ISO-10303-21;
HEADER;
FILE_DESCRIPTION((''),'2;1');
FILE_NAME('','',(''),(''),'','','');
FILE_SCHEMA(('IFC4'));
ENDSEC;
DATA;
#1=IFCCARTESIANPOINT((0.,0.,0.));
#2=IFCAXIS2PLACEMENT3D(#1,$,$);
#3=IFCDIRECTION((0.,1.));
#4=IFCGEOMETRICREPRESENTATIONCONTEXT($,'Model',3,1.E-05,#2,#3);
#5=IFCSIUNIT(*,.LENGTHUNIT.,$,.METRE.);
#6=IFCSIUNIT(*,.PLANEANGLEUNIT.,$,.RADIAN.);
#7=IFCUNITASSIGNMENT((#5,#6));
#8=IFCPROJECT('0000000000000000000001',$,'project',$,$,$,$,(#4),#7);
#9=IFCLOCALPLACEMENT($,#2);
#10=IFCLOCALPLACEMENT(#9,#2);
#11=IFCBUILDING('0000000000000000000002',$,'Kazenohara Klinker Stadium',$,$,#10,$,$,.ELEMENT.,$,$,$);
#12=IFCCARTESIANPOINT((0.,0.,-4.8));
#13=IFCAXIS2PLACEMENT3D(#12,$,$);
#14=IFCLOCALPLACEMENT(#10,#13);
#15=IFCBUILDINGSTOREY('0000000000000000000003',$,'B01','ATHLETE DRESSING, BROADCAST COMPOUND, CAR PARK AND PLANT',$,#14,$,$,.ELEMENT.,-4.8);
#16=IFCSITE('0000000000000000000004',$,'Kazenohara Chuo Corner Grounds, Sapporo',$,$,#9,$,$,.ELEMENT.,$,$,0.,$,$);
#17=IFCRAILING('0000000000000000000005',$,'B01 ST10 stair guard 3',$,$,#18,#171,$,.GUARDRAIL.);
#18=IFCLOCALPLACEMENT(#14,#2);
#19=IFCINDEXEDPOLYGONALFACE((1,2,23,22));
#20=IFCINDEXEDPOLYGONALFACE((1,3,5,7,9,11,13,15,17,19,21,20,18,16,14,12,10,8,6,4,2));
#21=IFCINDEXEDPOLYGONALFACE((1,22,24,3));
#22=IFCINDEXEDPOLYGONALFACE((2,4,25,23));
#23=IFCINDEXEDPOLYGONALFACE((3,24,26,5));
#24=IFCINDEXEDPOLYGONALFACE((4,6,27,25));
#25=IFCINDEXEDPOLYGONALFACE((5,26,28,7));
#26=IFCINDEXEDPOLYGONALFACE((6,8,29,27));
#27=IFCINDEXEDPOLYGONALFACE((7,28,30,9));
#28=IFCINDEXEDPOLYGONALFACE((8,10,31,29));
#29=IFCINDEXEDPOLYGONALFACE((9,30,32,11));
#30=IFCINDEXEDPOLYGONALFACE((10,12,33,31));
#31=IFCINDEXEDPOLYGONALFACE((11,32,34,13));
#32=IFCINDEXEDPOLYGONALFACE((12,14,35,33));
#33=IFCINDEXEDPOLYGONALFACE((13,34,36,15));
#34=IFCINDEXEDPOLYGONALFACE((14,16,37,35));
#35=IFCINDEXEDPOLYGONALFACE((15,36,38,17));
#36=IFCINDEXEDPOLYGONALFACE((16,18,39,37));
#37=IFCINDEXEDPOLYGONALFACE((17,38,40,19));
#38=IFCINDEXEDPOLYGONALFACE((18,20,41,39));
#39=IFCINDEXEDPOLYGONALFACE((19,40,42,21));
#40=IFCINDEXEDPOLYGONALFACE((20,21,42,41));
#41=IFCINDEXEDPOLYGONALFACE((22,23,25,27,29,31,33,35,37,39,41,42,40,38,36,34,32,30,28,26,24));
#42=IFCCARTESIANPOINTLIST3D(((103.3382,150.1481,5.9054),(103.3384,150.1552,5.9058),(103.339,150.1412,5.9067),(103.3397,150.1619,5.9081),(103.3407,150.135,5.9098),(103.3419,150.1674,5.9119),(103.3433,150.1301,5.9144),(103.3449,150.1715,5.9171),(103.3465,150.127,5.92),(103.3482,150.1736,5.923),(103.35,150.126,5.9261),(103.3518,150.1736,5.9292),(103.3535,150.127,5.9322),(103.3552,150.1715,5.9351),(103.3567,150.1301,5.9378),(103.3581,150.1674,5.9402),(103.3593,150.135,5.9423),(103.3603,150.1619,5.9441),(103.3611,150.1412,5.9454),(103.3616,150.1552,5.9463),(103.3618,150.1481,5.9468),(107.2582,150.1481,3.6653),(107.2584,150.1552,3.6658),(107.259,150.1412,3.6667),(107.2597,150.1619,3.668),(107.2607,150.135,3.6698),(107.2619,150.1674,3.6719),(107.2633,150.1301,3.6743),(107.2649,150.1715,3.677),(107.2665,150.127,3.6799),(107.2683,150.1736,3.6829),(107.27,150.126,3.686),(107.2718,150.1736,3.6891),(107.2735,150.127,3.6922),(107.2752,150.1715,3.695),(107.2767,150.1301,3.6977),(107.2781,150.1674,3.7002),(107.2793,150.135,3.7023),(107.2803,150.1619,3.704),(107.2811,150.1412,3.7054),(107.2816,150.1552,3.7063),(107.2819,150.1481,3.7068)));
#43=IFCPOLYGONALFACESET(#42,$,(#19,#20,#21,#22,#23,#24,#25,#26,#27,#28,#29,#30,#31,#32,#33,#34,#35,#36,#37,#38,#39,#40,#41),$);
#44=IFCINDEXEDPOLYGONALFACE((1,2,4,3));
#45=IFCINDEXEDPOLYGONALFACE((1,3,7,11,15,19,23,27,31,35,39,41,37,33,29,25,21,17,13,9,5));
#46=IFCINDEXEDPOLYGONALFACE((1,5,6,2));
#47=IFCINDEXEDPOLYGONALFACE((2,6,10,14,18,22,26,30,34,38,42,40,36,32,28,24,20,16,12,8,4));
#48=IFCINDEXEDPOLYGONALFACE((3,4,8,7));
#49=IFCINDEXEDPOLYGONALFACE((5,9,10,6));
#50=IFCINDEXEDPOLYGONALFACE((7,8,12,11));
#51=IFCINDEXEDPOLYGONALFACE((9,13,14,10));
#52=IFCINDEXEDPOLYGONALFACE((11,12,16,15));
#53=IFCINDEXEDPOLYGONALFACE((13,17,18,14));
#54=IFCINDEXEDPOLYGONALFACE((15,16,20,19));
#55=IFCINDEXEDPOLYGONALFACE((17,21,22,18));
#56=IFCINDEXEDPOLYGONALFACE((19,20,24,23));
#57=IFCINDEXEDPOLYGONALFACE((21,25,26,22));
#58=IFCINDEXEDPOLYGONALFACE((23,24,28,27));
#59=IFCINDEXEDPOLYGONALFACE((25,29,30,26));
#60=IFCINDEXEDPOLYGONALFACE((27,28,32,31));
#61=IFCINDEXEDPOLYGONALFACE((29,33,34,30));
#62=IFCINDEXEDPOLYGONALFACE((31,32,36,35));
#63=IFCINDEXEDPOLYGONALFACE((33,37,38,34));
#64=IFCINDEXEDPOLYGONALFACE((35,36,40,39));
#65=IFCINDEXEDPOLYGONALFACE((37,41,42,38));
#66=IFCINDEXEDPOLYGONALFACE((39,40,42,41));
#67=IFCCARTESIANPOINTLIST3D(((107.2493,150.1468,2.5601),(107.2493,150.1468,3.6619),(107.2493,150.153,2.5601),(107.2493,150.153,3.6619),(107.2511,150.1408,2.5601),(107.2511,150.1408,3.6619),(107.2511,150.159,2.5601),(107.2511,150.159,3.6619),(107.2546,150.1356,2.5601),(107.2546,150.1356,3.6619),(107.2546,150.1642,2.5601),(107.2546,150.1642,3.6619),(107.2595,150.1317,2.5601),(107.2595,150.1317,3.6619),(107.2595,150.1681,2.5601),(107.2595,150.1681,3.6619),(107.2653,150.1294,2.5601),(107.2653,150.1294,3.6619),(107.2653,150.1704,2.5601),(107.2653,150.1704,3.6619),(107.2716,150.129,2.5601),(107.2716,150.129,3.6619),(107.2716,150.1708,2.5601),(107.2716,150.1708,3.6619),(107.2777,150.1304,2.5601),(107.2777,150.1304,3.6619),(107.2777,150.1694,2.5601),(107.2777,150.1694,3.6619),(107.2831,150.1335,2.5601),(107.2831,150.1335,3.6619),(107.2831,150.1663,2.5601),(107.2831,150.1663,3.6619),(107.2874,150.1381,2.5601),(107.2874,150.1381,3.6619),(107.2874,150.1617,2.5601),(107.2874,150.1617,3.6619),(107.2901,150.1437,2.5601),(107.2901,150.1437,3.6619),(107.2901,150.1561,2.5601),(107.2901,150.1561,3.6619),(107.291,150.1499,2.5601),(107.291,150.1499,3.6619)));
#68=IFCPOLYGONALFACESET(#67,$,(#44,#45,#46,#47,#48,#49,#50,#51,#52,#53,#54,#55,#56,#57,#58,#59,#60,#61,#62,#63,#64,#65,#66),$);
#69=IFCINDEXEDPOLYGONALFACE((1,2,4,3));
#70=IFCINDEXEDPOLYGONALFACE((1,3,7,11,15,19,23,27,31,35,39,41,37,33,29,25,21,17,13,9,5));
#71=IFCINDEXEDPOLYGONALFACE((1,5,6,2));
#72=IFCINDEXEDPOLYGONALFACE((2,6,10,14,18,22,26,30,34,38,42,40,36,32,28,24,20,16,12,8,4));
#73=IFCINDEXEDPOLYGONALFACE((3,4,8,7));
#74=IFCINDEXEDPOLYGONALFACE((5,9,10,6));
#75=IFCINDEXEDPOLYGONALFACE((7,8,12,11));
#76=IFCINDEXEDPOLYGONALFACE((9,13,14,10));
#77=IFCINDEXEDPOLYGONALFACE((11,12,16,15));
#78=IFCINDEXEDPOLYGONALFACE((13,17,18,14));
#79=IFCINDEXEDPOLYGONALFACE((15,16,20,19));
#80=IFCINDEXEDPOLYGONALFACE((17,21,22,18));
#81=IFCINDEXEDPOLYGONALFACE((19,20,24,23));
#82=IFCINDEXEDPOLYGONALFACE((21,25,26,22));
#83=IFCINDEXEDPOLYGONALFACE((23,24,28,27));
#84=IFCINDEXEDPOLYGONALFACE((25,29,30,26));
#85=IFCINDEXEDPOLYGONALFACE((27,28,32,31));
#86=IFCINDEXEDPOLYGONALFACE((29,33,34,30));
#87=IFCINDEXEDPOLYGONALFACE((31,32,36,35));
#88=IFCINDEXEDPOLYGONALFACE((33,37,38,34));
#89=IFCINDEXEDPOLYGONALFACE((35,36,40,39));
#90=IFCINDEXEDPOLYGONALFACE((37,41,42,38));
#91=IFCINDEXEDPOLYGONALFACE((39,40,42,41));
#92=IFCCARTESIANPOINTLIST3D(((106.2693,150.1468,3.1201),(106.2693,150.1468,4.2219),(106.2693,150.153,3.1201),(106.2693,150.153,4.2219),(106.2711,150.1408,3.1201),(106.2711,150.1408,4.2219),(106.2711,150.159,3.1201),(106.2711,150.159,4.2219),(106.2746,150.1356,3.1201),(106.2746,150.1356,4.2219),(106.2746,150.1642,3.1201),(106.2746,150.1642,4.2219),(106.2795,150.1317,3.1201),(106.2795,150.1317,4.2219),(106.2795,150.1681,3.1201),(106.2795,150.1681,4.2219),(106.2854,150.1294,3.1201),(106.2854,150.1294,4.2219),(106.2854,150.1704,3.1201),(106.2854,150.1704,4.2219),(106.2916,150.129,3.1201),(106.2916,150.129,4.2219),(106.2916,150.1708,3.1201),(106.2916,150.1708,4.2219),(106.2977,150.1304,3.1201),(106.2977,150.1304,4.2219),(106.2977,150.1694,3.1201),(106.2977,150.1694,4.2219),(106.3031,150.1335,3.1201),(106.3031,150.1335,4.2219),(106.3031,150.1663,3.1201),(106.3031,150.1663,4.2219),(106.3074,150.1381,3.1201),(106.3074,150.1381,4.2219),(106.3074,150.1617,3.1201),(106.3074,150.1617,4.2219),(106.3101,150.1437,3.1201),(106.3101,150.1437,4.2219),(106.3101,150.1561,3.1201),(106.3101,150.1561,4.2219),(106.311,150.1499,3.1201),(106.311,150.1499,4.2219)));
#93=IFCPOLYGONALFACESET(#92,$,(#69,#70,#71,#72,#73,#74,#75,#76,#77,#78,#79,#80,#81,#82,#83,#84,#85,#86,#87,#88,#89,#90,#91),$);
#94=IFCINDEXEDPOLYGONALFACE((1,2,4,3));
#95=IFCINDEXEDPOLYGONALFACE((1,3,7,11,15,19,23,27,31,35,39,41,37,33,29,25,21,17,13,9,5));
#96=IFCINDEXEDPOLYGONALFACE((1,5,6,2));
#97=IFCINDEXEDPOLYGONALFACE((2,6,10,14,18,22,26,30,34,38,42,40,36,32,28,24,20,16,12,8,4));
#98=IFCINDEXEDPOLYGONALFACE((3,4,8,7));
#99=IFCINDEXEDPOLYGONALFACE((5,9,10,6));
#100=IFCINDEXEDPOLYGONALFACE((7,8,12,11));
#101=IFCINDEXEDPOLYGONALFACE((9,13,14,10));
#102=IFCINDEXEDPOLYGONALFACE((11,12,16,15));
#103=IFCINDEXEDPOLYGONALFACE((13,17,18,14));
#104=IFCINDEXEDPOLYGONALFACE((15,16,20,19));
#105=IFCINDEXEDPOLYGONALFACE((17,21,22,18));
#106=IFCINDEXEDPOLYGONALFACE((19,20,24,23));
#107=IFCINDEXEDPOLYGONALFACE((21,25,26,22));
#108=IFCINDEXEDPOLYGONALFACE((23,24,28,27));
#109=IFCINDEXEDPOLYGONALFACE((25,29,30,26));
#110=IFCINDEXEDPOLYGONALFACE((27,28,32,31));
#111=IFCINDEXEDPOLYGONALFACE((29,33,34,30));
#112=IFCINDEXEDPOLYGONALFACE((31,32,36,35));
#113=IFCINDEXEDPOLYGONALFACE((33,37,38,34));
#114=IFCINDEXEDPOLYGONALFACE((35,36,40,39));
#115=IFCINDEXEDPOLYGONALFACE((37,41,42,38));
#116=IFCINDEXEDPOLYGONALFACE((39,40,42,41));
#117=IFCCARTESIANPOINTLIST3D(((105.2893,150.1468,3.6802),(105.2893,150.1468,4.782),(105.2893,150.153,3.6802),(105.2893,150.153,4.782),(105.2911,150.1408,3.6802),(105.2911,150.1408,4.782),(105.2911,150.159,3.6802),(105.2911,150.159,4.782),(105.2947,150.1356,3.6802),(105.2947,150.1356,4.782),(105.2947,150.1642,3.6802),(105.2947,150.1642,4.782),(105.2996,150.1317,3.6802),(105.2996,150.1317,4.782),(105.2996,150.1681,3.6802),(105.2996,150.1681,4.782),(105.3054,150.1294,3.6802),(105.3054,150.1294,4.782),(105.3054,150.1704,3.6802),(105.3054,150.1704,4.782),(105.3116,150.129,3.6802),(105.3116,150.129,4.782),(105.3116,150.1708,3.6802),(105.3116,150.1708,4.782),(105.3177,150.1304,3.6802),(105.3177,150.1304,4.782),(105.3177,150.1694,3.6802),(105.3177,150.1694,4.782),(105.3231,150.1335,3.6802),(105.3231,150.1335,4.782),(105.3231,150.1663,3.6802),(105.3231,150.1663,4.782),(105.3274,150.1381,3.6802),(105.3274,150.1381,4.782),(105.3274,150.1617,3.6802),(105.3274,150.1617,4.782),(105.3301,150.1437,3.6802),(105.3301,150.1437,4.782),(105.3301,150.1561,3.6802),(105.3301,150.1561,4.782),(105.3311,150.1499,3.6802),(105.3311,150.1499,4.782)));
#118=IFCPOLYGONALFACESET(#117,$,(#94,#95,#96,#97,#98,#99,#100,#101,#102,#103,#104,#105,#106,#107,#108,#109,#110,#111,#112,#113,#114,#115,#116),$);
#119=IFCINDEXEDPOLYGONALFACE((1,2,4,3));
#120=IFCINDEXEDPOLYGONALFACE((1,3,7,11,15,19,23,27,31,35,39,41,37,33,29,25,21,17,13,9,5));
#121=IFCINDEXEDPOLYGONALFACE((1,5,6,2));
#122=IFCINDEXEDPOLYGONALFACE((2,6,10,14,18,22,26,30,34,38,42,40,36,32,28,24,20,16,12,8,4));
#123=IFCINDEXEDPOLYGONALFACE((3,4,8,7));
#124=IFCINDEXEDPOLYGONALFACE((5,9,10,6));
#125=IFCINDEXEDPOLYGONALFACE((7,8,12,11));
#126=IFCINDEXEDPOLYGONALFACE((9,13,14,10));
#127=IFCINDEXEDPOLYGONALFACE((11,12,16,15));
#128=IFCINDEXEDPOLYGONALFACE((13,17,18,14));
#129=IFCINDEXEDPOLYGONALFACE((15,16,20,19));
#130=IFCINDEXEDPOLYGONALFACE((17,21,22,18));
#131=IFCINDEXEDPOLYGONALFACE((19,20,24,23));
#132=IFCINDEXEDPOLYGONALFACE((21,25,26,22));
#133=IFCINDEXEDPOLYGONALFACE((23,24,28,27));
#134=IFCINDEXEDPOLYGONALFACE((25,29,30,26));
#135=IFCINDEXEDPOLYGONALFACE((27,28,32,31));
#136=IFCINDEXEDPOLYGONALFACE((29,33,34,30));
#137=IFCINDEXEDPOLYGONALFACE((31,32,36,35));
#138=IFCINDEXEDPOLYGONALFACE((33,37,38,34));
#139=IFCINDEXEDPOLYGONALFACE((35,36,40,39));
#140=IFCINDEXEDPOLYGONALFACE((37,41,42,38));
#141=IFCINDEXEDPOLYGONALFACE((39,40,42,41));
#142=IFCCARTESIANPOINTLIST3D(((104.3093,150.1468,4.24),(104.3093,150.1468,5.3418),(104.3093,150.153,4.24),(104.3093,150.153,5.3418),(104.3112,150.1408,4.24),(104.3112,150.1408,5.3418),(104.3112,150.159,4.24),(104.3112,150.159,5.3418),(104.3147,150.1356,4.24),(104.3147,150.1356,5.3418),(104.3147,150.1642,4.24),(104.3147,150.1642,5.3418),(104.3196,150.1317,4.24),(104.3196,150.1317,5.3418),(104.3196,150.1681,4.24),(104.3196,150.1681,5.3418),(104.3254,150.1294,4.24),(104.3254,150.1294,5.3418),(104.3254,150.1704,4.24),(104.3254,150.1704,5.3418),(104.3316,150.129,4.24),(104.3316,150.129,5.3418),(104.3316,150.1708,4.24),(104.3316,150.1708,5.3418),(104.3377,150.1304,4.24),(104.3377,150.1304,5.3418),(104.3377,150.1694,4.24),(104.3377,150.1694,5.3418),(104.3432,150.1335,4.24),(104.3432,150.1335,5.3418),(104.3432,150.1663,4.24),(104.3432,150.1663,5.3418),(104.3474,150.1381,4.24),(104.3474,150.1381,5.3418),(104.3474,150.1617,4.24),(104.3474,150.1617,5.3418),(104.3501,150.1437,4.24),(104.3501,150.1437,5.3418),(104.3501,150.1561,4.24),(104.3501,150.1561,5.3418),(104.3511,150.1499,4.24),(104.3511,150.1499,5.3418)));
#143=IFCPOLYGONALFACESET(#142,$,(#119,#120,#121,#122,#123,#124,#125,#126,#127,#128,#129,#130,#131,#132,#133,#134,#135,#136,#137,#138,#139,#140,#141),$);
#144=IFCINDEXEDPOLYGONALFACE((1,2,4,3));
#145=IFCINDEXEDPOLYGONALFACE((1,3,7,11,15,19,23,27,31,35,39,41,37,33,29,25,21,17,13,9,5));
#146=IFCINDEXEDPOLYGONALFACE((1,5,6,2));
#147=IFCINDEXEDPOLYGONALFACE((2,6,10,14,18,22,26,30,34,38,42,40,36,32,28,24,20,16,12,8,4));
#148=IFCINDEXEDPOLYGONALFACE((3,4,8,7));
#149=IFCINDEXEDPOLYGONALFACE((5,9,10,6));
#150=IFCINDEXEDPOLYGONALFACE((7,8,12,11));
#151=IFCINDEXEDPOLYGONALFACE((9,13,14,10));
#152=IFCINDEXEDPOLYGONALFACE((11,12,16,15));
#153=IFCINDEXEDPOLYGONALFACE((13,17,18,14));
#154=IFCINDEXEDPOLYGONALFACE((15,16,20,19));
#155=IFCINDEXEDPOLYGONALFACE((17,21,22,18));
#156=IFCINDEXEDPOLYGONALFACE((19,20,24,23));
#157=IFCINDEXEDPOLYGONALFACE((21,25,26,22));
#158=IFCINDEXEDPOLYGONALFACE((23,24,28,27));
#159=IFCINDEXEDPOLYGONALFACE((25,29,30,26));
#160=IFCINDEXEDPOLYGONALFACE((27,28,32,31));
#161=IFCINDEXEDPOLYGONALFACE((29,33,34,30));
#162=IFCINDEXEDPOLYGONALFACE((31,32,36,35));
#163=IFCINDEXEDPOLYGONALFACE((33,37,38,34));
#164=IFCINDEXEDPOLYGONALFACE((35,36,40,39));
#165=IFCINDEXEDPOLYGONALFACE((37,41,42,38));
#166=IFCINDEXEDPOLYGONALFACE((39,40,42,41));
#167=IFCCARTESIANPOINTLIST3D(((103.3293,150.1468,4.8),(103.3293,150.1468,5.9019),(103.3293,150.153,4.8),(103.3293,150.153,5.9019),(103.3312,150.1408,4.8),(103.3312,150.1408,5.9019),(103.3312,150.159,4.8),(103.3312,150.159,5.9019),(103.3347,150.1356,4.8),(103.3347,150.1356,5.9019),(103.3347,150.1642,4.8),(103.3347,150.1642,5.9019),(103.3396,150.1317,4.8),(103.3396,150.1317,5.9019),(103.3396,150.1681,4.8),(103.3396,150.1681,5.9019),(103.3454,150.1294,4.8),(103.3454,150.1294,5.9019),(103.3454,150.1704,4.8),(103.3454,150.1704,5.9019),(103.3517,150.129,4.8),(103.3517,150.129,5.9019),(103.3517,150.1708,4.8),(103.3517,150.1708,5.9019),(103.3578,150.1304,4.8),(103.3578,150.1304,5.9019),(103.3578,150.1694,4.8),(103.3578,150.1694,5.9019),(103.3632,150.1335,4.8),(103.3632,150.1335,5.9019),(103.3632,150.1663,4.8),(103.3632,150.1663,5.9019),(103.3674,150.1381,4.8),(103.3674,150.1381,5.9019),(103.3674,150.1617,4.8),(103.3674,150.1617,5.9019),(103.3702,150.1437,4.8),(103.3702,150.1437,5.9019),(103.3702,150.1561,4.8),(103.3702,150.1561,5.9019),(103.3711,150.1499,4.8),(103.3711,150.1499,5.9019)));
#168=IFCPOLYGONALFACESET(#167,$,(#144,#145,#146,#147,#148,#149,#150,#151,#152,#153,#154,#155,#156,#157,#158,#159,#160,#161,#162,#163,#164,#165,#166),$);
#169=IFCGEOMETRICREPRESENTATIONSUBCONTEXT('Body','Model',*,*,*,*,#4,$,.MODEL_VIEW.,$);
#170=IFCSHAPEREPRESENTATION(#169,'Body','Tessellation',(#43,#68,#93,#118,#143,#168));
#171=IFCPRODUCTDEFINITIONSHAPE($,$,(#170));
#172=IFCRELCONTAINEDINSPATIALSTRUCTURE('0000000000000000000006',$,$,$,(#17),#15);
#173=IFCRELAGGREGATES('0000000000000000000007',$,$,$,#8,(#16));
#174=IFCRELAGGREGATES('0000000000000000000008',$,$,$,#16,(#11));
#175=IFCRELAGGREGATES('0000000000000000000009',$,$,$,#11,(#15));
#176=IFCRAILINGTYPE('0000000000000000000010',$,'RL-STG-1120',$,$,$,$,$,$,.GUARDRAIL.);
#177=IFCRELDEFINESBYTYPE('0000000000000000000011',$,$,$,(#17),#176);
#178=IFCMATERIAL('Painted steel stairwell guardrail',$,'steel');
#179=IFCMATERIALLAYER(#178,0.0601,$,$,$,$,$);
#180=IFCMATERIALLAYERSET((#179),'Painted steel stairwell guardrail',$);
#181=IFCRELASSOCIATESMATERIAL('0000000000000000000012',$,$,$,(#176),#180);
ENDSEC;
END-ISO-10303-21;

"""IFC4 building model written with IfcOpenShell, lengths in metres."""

from ifc_helpers import new_model, si_unit, direction, frame, origin, origin_2d, place, context, subcontext, project, spatial, circle, extrude, material, layer, layer_set, type_object, element, save


model = new_model("IFC4")

# Units and contexts
model_context = context("Model", 3, precision=1e-05, world=origin(), true_north=direction((0.0, 1.0)))
body_context = subcontext(model_context, "Body", "Model", "MODEL_VIEW")
ifc_project = project(units=[si_unit("LENGTHUNIT", "METRE"), si_unit("PLANEANGLEUNIT", "RADIAN")], contexts=[model_context])

# Site, building, storey
site_placement = place(None, origin())
site = spatial("IfcSite", under=ifc_project, at=site_placement, Name="Kazenohara Chuo Corner Grounds, Sapporo", CompositionType="ELEMENT", RefElevation=0.0)
building_placement = place(site_placement, origin())
building = spatial("IfcBuilding", under=site, at=building_placement, Name="Kazenohara Klinker Stadium", CompositionType="ELEMENT")
storey_placement = place(building_placement, frame((0.0, 0.0, -4.8)))
storey = spatial("IfcBuildingStorey", under=building, at=storey_placement, Name="B01", Description="ATHLETE DRESSING, BROADCAST COMPOUND, CAR PARK AND PLANT", CompositionType="ELEMENT", Elevation=-4.8)

# Railing
ifc_material_1 = material(Name="Painted steel stairwell guardrail", Category="steel")
ifc_layer_1 = layer(ifc_material_1, 0.0601)
ifc_layer_set_1 = layer_set([ifc_layer_1], Name="Painted steel stairwell guardrail")
railing_type_1 = type_object("IfcRailingType", Name="RL-STG-1120", PredefinedType="GUARDRAIL", material=ifc_layer_set_1)
railing_1_placement = place(storey_placement, frame((107.27, 150.1499, 2.5601)))
element("IfcRailing", 1, at=railing_1_placement, inside=storey, type_object=railing_type_1, Name="B01 ST10 stair guard 3", PredefinedType="GUARDRAIL", context=body_context, shape_type="SweptSolid", body=[
    extrude(circle(Radius=0.0239, at=origin_2d()), frame((0.0, 0.0, 1.126), z_axis=(-0.86824, 0.0, 0.496145), x_axis=(0.0, -1.0, 0.0)), (0.0, 0.0, 1.0), 4.5149),
    extrude(circle(Radius=0.021, at=origin_2d()), origin(), (0.0, 0.0, 1.0), 1.1018),
    extrude(circle(Radius=0.021, at=origin_2d()), frame((-0.98, 0.0, 0.5601)), (0.0, 0.0, 1.0), 1.1018),
    extrude(circle(Radius=0.021, at=origin_2d()), frame((-1.96, 0.0, 1.1201)), (0.0, 0.0, 1.0), 1.1018),
    extrude(circle(Radius=0.021, at=origin_2d()), frame((-2.9399, 0.0, 1.6799)), (0.0, 0.0, 1.0), 1.1018),
    extrude(circle(Radius=0.021, at=origin_2d()), frame((-3.9199, 0.0, 2.24)), (0.0, 0.0, 1.0), 1.1018),
])

save(model, "model.ifc")
